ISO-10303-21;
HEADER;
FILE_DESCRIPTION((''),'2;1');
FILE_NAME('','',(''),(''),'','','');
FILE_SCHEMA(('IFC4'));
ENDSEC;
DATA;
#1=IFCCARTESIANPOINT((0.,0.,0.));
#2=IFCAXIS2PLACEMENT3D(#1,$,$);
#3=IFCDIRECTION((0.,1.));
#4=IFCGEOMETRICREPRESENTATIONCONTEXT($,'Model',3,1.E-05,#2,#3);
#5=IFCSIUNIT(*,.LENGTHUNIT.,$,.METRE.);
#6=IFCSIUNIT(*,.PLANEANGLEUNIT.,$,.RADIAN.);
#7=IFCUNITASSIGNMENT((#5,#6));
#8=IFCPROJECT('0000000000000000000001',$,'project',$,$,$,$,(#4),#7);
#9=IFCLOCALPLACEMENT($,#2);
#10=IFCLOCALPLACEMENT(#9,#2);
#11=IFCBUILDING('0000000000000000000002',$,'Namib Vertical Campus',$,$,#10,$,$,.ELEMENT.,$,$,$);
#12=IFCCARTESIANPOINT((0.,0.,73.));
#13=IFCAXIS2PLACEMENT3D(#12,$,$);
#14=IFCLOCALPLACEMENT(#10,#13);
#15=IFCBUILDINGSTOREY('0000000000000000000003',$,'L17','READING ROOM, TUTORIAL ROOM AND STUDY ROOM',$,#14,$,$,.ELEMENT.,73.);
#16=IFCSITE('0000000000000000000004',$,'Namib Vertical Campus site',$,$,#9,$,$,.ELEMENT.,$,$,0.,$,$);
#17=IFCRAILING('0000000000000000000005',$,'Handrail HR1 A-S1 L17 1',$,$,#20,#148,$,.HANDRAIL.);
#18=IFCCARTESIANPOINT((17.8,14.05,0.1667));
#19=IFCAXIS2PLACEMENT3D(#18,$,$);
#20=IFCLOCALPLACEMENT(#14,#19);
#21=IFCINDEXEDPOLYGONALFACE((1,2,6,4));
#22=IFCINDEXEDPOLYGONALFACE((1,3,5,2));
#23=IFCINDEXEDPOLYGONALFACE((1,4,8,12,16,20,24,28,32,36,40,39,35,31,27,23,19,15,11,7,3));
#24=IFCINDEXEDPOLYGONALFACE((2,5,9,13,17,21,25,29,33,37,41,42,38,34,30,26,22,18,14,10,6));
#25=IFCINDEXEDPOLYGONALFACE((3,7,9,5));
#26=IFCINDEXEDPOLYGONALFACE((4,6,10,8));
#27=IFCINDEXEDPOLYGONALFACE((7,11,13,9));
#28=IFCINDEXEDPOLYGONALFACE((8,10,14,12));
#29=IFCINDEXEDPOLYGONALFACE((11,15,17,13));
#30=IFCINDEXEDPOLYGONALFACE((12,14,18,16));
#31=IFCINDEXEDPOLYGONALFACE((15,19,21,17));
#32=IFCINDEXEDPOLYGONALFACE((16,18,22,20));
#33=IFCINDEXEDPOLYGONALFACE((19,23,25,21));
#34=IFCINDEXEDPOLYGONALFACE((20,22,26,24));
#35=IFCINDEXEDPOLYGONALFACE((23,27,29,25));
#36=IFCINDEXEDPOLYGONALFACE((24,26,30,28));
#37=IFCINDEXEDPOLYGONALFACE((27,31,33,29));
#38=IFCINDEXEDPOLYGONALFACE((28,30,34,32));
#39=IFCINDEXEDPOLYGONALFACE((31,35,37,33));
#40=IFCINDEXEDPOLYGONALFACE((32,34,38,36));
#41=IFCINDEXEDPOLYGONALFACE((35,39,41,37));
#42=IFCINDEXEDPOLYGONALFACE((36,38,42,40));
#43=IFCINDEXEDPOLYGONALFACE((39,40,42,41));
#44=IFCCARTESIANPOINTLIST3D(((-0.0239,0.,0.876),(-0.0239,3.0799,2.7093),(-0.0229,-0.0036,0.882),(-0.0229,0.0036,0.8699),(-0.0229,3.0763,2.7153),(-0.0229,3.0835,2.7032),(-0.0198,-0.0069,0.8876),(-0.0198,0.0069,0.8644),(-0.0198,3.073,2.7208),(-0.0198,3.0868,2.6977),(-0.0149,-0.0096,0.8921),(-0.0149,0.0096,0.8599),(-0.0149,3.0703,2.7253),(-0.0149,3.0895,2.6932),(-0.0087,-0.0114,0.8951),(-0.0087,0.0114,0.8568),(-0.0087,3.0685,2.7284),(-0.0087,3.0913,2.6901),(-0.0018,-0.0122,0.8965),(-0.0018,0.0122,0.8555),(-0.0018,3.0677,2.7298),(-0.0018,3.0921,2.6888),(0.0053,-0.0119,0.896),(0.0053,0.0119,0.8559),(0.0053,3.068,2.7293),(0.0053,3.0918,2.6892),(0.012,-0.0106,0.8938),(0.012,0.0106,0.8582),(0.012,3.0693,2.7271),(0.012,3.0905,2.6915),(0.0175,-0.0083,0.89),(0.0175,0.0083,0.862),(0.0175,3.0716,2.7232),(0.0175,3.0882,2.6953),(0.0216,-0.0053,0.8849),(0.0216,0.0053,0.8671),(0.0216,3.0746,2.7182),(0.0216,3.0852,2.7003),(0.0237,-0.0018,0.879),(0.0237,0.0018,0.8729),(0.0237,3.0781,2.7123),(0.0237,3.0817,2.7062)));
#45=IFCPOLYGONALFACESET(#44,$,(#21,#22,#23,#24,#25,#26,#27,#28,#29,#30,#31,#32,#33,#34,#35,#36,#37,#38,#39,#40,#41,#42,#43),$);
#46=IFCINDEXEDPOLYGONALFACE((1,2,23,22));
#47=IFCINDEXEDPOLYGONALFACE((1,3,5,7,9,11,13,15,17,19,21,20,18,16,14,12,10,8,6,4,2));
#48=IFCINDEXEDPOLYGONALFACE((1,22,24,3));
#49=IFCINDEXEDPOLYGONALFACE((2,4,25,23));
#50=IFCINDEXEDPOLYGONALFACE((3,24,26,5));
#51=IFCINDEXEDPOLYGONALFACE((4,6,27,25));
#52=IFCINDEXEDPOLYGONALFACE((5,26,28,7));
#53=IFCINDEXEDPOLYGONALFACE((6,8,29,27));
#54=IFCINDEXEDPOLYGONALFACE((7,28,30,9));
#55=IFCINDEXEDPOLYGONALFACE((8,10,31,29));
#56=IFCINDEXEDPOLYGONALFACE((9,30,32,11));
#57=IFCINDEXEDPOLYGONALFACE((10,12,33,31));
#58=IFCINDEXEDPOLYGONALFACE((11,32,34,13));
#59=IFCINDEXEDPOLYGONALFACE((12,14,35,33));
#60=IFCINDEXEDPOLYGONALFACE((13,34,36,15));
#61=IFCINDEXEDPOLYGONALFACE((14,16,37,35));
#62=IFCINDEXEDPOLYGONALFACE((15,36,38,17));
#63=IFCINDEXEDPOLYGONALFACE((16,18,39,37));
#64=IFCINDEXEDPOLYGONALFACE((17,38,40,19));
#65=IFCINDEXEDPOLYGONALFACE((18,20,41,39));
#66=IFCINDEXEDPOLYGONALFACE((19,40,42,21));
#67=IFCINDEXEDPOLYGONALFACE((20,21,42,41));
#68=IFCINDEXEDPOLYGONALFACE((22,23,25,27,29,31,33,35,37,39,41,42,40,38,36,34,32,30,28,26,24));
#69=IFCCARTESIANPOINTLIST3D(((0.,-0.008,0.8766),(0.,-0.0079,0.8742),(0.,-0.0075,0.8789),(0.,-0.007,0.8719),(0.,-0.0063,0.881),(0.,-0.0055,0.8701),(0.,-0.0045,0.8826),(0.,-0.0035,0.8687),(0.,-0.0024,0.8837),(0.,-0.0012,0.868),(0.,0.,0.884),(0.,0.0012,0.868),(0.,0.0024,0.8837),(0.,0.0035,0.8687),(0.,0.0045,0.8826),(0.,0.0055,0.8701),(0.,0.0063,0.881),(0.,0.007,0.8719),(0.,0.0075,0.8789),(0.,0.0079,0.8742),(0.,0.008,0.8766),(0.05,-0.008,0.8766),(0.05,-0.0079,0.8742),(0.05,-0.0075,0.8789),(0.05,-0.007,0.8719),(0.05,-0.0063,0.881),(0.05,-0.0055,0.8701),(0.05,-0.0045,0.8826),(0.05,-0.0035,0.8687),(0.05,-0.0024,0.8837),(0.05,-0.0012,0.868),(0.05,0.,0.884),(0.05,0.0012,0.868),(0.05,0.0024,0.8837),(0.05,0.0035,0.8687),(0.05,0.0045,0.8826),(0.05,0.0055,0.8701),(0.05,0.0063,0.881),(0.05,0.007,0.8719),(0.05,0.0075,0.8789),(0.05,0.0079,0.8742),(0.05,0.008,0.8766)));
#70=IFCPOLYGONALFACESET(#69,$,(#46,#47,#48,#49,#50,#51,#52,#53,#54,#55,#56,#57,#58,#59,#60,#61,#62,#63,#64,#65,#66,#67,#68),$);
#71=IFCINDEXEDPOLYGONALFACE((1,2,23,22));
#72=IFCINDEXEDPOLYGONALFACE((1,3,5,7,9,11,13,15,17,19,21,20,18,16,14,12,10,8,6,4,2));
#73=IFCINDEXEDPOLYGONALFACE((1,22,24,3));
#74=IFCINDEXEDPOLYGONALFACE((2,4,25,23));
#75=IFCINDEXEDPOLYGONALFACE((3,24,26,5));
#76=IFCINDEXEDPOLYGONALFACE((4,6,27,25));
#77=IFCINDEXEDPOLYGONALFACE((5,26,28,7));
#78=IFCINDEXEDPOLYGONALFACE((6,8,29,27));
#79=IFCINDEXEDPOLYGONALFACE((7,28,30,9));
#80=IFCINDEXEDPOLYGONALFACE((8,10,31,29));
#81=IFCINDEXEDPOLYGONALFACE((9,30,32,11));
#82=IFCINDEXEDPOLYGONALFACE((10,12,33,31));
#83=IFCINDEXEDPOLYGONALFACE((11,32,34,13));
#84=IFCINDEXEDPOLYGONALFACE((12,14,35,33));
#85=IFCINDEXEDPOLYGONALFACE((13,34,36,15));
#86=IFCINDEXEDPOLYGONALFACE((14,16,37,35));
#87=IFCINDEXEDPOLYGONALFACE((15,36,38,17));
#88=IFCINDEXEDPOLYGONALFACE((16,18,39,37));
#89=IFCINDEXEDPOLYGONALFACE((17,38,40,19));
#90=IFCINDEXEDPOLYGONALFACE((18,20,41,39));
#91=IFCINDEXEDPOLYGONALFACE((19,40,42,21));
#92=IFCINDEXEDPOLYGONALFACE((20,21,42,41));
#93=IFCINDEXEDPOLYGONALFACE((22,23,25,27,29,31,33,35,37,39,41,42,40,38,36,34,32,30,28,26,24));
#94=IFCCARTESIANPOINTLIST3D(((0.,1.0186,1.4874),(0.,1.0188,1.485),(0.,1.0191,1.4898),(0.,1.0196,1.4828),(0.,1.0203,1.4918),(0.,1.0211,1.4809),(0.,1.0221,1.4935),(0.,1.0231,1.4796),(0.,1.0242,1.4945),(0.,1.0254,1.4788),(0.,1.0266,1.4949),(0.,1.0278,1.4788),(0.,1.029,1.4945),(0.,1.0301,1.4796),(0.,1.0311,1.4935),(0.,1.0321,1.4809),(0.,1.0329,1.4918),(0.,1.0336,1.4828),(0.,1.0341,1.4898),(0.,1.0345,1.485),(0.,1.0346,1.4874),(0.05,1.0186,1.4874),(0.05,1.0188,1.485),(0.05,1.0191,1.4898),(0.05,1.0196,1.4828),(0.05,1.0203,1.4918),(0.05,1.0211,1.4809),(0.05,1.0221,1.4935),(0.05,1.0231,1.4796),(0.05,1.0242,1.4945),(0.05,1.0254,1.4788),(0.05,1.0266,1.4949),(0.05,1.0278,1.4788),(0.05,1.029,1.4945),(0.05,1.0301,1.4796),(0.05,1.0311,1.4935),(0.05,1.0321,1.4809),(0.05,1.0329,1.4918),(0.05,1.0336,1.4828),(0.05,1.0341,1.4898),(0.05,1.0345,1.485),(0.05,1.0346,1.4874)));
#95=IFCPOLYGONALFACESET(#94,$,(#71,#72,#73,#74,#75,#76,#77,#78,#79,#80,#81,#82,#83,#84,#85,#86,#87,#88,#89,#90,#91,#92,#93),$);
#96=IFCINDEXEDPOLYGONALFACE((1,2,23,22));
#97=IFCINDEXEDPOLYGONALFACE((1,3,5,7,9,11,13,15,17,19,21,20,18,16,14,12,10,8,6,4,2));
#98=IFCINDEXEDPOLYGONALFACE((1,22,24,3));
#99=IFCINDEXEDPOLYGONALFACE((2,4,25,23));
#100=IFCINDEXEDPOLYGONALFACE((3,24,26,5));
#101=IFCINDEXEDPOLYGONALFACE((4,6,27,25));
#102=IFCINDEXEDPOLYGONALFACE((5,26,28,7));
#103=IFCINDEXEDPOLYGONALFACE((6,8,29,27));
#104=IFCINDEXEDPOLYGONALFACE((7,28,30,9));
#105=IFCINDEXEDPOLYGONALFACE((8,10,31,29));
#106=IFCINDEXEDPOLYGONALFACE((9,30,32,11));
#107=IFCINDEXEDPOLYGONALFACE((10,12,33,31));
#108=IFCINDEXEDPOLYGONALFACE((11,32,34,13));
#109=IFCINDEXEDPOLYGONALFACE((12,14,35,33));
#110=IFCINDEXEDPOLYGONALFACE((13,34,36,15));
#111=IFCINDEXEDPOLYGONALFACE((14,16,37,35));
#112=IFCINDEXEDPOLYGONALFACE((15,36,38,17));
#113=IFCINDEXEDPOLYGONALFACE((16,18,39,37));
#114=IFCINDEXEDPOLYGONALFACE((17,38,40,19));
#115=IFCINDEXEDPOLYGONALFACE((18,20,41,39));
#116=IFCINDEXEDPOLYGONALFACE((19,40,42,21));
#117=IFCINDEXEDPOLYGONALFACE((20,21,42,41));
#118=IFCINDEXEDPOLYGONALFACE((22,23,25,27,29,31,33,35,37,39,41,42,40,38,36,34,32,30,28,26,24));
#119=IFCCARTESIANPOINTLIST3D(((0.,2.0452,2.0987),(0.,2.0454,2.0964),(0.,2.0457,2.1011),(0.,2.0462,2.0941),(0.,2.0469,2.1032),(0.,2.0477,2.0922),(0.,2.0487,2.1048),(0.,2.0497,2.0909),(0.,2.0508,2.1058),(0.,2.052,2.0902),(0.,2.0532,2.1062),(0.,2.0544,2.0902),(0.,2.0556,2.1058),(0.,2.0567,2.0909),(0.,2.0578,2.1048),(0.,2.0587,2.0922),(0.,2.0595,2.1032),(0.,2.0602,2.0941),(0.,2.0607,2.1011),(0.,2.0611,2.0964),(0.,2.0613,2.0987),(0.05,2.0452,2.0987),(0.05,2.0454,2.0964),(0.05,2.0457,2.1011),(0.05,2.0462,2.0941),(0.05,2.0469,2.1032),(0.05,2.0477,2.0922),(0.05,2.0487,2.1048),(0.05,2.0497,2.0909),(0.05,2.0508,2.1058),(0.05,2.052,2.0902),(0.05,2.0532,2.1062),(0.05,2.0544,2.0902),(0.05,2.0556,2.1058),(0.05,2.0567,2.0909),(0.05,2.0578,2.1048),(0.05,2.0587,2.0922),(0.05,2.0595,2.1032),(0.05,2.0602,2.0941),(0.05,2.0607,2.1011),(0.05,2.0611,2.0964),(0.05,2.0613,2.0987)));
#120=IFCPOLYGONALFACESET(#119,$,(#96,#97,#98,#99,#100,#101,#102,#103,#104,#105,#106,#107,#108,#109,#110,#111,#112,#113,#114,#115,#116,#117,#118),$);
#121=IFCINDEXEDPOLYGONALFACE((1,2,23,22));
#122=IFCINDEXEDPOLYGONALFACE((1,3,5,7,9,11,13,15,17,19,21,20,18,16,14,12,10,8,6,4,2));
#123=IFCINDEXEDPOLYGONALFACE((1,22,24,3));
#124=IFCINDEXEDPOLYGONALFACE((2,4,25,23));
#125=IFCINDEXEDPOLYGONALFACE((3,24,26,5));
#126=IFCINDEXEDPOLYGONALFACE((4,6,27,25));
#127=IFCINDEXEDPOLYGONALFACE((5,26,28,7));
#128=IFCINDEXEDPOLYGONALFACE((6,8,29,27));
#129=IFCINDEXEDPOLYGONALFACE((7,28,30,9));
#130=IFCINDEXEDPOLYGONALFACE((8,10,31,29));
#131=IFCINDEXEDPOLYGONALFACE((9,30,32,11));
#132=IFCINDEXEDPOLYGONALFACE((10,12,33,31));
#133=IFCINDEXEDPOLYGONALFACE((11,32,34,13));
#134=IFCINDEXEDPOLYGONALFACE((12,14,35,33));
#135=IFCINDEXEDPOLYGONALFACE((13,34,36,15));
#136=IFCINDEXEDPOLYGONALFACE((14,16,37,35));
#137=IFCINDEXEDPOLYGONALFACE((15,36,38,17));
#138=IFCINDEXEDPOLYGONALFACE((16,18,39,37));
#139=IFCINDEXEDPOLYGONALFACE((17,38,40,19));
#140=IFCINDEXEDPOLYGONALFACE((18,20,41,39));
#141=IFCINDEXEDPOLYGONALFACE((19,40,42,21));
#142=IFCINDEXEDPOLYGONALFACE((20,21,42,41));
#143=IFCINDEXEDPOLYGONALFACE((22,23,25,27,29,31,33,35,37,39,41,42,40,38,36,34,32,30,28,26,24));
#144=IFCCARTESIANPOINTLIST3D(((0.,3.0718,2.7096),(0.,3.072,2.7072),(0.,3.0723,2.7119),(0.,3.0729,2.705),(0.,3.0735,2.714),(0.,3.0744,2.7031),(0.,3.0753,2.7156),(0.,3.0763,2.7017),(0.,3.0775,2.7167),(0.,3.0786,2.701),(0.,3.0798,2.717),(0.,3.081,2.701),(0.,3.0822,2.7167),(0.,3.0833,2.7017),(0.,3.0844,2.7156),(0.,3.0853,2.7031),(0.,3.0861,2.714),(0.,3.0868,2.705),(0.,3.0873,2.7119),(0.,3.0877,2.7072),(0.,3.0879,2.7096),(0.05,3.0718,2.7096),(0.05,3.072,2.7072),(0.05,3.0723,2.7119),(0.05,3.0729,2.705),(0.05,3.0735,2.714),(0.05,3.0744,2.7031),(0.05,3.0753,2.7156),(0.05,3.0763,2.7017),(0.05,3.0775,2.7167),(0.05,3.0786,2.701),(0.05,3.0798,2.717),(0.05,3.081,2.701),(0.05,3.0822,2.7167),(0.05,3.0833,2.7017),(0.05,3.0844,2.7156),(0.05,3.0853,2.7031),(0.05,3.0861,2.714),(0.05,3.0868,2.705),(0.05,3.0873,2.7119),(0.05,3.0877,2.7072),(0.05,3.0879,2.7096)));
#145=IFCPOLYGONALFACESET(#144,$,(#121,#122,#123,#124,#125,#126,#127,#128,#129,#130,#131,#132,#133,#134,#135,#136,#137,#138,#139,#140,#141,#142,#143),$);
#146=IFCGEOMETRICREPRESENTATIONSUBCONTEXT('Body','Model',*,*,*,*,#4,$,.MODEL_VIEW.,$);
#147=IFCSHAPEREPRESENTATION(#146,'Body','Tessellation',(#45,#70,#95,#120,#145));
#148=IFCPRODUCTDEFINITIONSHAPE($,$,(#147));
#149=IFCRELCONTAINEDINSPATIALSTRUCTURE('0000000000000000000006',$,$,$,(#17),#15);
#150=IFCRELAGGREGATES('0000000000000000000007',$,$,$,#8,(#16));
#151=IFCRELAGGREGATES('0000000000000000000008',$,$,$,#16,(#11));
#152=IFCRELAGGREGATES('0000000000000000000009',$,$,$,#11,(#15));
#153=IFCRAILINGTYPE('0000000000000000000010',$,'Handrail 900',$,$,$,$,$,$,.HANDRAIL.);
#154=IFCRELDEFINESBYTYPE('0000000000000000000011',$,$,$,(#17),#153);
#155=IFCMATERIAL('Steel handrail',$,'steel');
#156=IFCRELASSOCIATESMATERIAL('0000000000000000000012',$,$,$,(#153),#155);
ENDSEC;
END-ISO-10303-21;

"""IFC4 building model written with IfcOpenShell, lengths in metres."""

from ifc_helpers import new_model, si_unit, direction, frame, origin, origin_2d, place, context, subcontext, project, spatial, circle, extrude, material, type_object, element, save


model = new_model("IFC4")

# Units and contexts
model_context = context("Model", 3, precision=1e-05, world=origin(), true_north=direction((0.0, 1.0)))
body_context = subcontext(model_context, "Body", "Model", "MODEL_VIEW")
ifc_project = project(units=[si_unit("LENGTHUNIT", "METRE"), si_unit("PLANEANGLEUNIT", "RADIAN")], contexts=[model_context])

# Site, building, storey
site_placement = place(None, origin())
site = spatial("IfcSite", under=ifc_project, at=site_placement, Name="Namib Vertical Campus site", CompositionType="ELEMENT", RefElevation=0.0)
building_placement = place(site_placement, origin())
building = spatial("IfcBuilding", under=site, at=building_placement, Name="Namib Vertical Campus", CompositionType="ELEMENT")
storey_placement = place(building_placement, frame((0.0, 0.0, 73.0)))
storey = spatial("IfcBuildingStorey", under=building, at=storey_placement, Name="L17", Description="READING ROOM, TUTORIAL ROOM AND STUDY ROOM", CompositionType="ELEMENT", Elevation=73.0)

# Railing
ifc_material_1 = material(Name="Steel handrail", Category="steel")
railing_type_1 = type_object("IfcRailingType", Name="Handrail 900", PredefinedType="HANDRAIL", material=ifc_material_1)
railing_1_placement = place(storey_placement, frame((17.8, 14.05, 0.1667)))
element("IfcRailing", 1, at=railing_1_placement, inside=storey, type_object=railing_type_1, Name="Handrail HR1 A-S1 L17 1", PredefinedType="HANDRAIL", context=body_context, shape_type="SweptSolid", body=[
    extrude(circle(Radius=0.0239, at=origin_2d()), frame((0.0, 0.0, 0.876), z_axis=(0.0, 0.859291, 0.511487), x_axis=(-1.0, 0.0, 0.0)), (0.0, 0.0, 1.0), 3.5842),
    extrude(circle(Radius=0.0081, at=origin_2d()), frame((0.0, 0.0, 0.876), z_axis=(1.0, 0.0, 0.0), x_axis=(0.0, 0.0, 1.0)), (0.0, 0.0, 1.0), 0.05),
    extrude(circle(Radius=0.0081, at=origin_2d()), frame((0.0, 1.0266, 1.4868), z_axis=(1.0, 0.0, 0.0), x_axis=(0.0, 0.0, 1.0)), (0.0, 0.0, 1.0), 0.05),
    extrude(circle(Radius=0.0081, at=origin_2d()), frame((0.0, 2.0532, 2.0981), z_axis=(1.0, 0.0, 0.0), x_axis=(0.0, 0.0, 1.0)), (0.0, 0.0, 1.0), 0.05),
    extrude(circle(Radius=0.0081, at=origin_2d()), frame((0.0, 3.0798, 2.709), z_axis=(1.0, 0.0, 0.0), x_axis=(0.0, 0.0, 1.0)), (0.0, 0.0, 1.0), 0.05),
])

save(model, "model.ifc")
